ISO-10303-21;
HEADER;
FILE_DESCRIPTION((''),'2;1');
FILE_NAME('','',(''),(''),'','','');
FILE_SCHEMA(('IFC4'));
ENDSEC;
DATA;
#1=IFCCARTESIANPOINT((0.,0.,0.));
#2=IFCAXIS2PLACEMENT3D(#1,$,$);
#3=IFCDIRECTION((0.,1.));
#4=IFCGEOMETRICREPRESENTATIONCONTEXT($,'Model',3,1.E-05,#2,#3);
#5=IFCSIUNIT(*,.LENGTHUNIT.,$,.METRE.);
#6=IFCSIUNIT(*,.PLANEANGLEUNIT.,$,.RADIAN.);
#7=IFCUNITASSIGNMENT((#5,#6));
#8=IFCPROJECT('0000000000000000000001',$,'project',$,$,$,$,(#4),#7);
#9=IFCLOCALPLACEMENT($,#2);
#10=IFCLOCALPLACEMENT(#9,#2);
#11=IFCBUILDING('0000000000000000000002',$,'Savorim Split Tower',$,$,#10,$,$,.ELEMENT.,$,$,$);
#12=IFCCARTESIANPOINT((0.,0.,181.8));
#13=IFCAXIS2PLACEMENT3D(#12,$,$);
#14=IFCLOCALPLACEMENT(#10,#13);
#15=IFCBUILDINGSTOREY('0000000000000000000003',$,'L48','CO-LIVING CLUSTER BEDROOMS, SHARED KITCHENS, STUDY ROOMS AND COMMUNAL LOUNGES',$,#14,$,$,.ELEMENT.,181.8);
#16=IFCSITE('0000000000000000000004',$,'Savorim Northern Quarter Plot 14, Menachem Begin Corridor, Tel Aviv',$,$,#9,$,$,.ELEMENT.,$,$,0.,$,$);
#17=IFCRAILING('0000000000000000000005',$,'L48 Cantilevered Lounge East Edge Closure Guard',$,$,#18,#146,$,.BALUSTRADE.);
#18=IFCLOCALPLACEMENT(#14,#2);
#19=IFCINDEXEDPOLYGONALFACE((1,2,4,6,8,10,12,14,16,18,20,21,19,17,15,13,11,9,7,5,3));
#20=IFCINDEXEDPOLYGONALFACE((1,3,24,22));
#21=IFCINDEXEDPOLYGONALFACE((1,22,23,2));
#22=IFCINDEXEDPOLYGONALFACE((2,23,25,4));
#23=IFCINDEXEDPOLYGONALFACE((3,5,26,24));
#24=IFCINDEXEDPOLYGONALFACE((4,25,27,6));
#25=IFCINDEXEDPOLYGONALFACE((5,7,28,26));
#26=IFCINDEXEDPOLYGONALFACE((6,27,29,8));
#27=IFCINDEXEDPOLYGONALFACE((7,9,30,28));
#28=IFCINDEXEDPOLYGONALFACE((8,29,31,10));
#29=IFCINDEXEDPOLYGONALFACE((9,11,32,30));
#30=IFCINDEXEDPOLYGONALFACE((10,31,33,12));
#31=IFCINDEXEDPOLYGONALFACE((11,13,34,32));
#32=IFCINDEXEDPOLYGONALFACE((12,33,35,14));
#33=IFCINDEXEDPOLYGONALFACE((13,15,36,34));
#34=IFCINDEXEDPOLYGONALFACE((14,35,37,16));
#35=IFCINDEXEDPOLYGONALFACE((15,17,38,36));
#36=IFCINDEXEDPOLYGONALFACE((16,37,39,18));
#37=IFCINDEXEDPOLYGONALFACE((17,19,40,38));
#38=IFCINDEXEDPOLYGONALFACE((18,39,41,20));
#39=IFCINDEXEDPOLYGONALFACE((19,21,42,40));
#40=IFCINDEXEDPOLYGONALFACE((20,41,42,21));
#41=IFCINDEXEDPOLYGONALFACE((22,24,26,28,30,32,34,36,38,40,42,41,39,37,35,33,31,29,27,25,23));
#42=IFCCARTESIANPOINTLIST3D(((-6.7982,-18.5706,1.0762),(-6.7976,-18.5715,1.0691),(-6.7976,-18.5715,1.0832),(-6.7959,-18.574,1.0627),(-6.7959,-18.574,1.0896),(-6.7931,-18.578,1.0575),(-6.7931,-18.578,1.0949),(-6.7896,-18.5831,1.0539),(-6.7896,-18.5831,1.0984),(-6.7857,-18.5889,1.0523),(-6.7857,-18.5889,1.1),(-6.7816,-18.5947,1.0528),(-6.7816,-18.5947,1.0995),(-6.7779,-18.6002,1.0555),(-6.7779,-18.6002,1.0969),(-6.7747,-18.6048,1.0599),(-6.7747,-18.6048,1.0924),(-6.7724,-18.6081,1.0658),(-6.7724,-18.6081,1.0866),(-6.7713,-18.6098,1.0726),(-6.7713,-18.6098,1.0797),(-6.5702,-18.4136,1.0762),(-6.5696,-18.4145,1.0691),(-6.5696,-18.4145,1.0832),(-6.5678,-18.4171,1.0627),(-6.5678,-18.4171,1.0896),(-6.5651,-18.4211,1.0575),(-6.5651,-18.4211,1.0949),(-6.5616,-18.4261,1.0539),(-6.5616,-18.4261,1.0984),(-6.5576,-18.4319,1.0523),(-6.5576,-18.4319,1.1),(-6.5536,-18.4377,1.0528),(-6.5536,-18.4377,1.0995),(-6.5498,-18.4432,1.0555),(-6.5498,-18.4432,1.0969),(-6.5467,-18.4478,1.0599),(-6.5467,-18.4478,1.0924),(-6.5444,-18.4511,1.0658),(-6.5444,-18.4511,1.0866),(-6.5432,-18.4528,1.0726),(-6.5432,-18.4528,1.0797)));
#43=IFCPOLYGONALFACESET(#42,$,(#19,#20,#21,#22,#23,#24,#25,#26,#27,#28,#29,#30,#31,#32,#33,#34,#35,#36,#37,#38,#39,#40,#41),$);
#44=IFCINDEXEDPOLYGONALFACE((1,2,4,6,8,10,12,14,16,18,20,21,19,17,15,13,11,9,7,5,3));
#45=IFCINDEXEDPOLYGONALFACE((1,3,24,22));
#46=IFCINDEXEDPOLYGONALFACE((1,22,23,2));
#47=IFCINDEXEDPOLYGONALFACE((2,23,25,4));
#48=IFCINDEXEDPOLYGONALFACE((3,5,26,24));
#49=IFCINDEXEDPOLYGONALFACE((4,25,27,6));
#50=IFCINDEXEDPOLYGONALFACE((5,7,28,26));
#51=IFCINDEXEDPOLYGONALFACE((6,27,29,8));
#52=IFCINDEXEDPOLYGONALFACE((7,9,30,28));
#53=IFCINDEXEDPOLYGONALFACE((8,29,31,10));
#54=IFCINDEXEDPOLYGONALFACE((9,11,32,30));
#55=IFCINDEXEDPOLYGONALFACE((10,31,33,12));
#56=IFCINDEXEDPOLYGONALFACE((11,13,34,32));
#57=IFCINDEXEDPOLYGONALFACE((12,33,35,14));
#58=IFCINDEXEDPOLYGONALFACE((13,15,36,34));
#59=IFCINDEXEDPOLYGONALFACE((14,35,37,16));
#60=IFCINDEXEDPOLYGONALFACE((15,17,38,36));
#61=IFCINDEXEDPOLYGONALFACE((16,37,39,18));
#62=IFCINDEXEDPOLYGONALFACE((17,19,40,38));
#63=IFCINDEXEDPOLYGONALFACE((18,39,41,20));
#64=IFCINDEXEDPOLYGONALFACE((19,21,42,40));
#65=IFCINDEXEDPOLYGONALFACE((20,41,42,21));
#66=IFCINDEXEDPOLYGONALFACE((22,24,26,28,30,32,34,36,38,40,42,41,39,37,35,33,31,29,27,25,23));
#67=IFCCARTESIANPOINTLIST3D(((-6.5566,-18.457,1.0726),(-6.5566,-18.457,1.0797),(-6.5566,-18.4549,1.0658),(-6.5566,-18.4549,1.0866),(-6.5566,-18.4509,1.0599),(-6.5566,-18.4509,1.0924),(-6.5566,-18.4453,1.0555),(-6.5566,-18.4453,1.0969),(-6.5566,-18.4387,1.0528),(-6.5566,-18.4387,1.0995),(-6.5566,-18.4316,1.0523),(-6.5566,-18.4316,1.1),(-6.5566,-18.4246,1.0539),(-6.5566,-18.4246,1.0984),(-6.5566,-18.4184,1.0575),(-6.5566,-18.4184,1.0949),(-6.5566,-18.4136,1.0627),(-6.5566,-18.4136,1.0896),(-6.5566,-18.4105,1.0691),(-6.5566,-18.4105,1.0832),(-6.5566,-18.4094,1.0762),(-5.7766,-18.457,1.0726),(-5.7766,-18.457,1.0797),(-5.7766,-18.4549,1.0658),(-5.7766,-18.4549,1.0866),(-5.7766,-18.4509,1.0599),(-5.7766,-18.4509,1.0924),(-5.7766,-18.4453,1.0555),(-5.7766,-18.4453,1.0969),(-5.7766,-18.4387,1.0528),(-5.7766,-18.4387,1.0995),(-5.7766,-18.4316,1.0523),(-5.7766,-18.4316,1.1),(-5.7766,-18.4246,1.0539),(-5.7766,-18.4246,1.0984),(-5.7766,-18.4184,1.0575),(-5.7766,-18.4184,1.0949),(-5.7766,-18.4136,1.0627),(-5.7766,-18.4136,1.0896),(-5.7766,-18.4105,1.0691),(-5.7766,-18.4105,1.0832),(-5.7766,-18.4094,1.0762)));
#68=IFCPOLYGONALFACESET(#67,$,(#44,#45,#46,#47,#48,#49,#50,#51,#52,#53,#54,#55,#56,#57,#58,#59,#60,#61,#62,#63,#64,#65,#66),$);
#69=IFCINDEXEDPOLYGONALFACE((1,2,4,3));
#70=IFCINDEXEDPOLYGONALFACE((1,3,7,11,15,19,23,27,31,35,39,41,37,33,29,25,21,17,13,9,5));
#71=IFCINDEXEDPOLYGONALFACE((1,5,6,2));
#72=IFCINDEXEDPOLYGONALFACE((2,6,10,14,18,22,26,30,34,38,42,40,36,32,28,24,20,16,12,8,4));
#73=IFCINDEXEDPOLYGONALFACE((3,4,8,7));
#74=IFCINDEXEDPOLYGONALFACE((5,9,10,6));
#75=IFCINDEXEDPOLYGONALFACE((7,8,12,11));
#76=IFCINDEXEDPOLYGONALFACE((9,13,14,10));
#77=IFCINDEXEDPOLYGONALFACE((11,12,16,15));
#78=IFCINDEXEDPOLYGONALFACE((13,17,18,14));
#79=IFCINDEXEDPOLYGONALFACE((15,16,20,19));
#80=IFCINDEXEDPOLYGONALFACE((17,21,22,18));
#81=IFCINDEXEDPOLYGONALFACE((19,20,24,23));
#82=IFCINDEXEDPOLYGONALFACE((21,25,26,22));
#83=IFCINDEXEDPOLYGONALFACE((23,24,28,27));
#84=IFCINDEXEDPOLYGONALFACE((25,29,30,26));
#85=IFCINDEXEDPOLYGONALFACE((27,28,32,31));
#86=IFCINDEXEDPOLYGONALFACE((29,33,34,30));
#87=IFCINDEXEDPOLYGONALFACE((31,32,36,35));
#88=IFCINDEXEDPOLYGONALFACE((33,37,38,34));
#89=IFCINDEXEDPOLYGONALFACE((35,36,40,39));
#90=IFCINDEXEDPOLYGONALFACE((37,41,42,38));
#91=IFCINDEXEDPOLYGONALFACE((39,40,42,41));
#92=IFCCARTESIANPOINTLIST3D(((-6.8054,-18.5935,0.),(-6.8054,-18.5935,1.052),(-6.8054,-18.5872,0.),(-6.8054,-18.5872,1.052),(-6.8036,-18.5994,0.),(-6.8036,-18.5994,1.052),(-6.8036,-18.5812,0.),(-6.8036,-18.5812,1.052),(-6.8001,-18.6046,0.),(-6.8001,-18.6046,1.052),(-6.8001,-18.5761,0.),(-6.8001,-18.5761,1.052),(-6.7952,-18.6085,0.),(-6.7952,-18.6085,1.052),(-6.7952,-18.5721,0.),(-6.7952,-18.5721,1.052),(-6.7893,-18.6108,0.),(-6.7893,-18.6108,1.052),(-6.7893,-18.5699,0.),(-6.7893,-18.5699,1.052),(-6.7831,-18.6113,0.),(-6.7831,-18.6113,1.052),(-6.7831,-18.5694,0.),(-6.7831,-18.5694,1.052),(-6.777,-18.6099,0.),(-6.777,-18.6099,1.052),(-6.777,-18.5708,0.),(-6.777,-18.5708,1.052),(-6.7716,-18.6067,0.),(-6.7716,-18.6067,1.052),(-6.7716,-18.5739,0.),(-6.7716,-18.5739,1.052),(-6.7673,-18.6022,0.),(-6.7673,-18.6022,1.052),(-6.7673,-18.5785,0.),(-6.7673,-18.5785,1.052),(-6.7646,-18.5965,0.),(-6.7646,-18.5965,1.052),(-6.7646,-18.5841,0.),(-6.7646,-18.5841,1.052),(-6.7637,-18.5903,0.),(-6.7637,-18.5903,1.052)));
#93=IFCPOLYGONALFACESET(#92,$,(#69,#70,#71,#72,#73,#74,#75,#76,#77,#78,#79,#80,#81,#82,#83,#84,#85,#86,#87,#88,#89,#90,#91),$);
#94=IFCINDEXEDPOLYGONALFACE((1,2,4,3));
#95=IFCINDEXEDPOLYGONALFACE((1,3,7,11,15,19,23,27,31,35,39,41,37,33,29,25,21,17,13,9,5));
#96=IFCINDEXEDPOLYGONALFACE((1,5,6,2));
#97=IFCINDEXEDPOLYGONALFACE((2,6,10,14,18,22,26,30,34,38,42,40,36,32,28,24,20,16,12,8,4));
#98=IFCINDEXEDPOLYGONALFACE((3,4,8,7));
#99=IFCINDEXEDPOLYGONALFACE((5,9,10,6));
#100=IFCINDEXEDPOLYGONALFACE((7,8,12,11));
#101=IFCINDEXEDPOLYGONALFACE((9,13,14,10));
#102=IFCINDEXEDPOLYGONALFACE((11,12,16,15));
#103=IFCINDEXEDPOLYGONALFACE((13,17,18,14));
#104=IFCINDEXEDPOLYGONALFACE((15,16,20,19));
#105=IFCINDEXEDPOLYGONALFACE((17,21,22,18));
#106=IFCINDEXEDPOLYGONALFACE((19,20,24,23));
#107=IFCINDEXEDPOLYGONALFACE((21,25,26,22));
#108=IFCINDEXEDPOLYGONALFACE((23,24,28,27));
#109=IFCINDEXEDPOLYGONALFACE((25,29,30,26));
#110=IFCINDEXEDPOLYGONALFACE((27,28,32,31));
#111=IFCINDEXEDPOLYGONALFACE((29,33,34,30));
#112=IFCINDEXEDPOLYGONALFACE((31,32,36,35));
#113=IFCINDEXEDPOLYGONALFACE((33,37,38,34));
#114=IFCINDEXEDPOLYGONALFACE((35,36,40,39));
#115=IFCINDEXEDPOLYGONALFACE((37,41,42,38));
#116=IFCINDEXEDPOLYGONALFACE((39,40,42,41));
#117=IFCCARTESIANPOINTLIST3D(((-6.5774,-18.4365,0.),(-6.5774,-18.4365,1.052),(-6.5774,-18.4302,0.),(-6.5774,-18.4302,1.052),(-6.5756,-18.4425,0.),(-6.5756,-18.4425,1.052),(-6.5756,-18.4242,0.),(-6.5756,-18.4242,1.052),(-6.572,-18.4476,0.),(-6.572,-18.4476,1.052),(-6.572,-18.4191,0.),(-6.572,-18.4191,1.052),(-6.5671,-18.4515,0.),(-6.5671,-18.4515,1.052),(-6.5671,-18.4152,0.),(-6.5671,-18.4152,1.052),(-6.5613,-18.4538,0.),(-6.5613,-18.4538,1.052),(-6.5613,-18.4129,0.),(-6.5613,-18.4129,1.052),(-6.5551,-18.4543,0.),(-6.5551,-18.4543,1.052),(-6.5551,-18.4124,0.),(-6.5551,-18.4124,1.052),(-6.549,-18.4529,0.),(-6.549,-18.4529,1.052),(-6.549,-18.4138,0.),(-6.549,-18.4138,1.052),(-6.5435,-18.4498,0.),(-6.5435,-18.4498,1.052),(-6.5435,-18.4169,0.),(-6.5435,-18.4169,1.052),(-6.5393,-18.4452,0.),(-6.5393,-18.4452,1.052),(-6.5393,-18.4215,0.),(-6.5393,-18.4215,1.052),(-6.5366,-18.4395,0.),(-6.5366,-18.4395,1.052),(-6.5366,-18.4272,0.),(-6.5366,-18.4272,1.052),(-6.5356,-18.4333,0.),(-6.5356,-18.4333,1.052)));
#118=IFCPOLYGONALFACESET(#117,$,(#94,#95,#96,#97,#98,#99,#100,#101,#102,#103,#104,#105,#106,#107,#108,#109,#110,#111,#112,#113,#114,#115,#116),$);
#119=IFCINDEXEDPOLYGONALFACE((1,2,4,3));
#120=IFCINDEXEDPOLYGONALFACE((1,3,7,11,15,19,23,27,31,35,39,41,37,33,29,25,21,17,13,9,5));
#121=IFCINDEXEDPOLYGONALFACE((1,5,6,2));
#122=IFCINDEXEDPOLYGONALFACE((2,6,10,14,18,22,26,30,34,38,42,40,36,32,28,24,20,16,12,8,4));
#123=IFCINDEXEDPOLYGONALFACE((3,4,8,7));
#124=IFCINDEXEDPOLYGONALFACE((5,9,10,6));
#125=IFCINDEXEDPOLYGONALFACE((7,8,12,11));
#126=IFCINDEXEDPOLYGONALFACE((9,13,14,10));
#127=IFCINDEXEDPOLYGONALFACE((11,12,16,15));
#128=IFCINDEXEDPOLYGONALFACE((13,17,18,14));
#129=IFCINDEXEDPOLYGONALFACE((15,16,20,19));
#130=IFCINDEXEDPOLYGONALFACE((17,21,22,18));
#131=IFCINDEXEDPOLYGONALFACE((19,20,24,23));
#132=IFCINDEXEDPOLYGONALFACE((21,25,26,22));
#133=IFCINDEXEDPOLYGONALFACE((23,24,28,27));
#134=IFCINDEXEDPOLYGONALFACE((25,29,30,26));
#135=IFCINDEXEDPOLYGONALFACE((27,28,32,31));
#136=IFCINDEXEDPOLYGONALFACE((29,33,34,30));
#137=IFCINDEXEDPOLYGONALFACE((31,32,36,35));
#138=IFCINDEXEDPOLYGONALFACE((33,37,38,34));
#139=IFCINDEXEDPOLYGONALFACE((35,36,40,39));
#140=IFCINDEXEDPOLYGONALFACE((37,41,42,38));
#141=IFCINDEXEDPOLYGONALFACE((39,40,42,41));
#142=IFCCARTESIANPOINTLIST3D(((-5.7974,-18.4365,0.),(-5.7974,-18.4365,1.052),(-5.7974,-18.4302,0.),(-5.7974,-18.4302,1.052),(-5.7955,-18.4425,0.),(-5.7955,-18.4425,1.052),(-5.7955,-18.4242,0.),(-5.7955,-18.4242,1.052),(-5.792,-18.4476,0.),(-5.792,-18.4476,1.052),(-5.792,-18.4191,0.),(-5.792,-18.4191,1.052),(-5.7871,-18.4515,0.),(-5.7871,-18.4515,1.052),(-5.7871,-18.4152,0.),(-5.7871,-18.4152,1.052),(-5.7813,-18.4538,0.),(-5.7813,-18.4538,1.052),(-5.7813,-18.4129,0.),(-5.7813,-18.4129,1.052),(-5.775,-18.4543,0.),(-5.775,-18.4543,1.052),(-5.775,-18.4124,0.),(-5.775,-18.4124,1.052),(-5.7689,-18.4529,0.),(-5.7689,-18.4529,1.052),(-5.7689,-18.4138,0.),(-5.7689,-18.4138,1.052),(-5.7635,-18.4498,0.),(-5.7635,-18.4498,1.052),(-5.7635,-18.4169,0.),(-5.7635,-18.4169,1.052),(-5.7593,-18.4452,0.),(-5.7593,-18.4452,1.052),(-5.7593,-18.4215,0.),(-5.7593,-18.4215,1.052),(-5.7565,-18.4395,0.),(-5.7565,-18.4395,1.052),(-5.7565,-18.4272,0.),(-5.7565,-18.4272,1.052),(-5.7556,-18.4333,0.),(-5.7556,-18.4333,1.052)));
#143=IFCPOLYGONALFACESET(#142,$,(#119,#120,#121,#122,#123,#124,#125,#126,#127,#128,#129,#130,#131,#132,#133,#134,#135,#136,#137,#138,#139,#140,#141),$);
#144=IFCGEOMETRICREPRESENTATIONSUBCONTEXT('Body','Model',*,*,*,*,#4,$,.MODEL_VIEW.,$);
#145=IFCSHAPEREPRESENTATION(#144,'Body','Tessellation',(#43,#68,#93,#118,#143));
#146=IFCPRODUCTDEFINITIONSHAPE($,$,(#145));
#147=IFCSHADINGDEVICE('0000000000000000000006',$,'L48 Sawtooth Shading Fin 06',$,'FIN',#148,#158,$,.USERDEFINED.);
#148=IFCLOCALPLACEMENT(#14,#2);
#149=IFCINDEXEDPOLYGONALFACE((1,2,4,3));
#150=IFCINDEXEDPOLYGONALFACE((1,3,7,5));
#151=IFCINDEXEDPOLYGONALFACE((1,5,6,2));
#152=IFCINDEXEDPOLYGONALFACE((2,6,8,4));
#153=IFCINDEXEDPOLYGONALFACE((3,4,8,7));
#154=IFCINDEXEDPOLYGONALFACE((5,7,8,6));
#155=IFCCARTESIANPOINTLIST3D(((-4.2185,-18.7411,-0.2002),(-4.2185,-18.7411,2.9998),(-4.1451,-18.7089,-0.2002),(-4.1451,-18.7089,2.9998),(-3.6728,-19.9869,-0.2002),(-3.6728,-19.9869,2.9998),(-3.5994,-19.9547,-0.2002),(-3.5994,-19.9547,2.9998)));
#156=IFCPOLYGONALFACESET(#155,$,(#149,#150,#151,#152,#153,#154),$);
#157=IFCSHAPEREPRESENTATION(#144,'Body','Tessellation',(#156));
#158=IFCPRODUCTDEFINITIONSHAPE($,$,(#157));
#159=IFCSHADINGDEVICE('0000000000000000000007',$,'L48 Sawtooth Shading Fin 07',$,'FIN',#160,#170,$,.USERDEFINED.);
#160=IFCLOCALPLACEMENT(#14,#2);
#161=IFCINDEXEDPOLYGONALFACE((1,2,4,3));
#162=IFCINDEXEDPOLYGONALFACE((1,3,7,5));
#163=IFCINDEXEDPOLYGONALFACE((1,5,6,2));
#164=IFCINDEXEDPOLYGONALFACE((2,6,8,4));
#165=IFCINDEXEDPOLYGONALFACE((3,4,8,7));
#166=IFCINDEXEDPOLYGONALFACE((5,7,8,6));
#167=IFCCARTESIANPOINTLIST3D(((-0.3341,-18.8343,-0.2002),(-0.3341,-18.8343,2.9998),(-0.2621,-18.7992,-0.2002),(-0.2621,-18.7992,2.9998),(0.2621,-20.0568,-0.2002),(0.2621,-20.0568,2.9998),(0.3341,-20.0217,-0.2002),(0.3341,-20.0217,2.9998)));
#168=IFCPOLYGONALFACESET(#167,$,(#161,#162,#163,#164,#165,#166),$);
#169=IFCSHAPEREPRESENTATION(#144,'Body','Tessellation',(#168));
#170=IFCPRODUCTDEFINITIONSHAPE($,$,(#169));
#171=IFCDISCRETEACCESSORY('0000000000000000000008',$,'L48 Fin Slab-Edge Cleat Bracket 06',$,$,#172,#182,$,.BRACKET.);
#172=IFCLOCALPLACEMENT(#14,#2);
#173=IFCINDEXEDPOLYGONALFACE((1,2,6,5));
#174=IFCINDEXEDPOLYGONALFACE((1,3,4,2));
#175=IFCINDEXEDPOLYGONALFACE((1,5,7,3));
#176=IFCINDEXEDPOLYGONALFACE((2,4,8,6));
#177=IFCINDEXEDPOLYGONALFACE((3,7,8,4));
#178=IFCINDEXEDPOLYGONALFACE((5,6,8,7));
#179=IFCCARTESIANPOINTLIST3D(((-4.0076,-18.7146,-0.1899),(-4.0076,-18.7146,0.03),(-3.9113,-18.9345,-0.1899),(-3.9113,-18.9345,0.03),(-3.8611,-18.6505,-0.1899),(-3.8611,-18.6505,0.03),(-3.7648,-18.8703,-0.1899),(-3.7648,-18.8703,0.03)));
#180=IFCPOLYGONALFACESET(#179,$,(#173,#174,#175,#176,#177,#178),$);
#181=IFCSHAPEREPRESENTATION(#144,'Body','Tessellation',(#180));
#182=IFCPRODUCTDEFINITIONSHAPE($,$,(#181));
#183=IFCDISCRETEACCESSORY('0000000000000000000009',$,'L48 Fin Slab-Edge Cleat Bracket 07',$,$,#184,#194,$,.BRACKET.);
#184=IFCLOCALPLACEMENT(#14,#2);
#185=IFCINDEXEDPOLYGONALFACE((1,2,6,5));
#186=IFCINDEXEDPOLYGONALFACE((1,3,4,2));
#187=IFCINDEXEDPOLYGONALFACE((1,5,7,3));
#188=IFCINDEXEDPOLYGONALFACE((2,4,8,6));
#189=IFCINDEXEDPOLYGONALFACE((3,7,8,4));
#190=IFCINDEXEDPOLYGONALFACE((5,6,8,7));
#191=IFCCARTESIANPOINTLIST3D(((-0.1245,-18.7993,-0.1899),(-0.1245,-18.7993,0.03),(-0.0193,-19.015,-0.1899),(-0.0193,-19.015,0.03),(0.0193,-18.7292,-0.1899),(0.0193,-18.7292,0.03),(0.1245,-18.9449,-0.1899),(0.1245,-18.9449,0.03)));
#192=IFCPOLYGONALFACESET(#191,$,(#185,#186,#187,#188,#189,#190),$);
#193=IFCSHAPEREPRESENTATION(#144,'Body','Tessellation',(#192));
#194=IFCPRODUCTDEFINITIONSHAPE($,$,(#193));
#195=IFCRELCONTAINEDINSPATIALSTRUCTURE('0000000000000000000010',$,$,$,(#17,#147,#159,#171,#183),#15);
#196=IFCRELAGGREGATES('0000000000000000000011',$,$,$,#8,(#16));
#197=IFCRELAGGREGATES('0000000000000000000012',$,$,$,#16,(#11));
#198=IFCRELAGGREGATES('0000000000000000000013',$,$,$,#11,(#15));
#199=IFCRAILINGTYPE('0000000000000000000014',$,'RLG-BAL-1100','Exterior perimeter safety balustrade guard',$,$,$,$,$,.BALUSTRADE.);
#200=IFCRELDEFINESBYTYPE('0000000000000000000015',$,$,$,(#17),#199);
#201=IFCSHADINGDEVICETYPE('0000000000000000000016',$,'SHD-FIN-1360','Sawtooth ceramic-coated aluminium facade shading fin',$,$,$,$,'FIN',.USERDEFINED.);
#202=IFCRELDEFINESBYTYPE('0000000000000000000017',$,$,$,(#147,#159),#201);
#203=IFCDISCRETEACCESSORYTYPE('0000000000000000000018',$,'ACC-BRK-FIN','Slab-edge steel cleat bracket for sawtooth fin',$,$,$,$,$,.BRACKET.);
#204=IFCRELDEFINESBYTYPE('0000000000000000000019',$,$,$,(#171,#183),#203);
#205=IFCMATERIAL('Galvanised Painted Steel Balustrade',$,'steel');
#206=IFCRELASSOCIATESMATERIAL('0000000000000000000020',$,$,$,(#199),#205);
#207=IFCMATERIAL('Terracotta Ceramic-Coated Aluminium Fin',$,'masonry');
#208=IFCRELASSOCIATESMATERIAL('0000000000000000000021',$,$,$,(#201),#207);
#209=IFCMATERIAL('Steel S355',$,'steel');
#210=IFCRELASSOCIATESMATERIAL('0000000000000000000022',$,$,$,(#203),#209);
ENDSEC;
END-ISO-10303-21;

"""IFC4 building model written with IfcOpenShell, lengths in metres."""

from ifc_helpers import new_model, si_unit, direction, frame, origin, origin_2d, place, context, subcontext, project, spatial, rectangle, circle, extrude, material, type_object, element, save


model = new_model("IFC4")

# Units and contexts
model_context = context("Model", 3, precision=1e-05, world=origin(), true_north=direction((0.0, 1.0)))
body_context = subcontext(model_context, "Body", "Model", "MODEL_VIEW")
ifc_project = project(units=[si_unit("LENGTHUNIT", "METRE"), si_unit("PLANEANGLEUNIT", "RADIAN")], contexts=[model_context])

# Site, building, storey
site_placement = place(None, origin())
site = spatial("IfcSite", under=ifc_project, at=site_placement, Name="Savorim Northern Quarter Plot 14, Menachem Begin Corridor, Tel Aviv", CompositionType="ELEMENT", RefElevation=0.0)
building_placement = place(site_placement, origin())
building = spatial("IfcBuilding", under=site, at=building_placement, Name="Savorim Split Tower", CompositionType="ELEMENT")
storey_placement = place(building_placement, frame((0.0, 0.0, 181.8)))
storey = spatial("IfcBuildingStorey", under=building, at=storey_placement, Name="L48", Description="CO-LIVING CLUSTER BEDROOMS, SHARED KITCHENS, STUDY ROOMS AND COMMUNAL LOUNGES", CompositionType="ELEMENT", Elevation=181.8)

# Shared definitions
ifc_material_1 = material(Name="Steel S355", Category="steel")

# Railing
ifc_material_2 = material(Name="Galvanised Painted Steel Balustrade", Category="steel")
railing_type = type_object("IfcRailingType", Name="RLG-BAL-1100", Description="Exterior perimeter safety balustrade guard", PredefinedType="BALUSTRADE", material=ifc_material_2)
railing_placement = place(storey_placement, frame((-6.7847, -18.5903, 0.0)))
element("IfcRailing", 1, at=railing_placement, inside=storey, type_object=railing_type, Name="L48 Cantilevered Lounge East Edge Closure Guard", PredefinedType="BALUSTRADE", context=body_context, shape_type="SweptSolid", body=[
    extrude(circle(Radius=0.0239, at=origin_2d()), frame((0.0, 0.0, 1.0762), z_axis=(0.823682, 0.567053, 0.0), x_axis=(-0.567053, 0.823682, 0.0)), (0.0, 0.0, 1.0), 0.2769),
    extrude(circle(Radius=0.0239, at=origin_2d()), frame((0.228, 0.157, 1.0762), z_axis=(1.0, 0.0, 0.0), x_axis=(0.0, 1.0, 0.0)), (0.0, 0.0, 1.0), 0.78),
    extrude(circle(Radius=0.021, at=origin_2d()), origin(), (0.0, 0.0, 1.0), 1.052),
    extrude(circle(Radius=0.021, at=origin_2d()), frame((0.228, 0.157, 0.0)), (0.0, 0.0, 1.0), 1.052),
    extrude(circle(Radius=0.021, at=origin_2d()), frame((1.0081, 0.157, 0.0)), (0.0, 0.0, 1.0), 1.052),
])

# Shading devices
ifc_material_3 = material(Name="Terracotta Ceramic-Coated Aluminium Fin", Category="masonry")
shading_device_type = type_object("IfcShadingDeviceType", Name="SHD-FIN-1360", Description="Sawtooth ceramic-coated aluminium facade shading fin", ElementType="FIN", PredefinedType="USERDEFINED", material=ifc_material_3)
for number, where, z_axis, x_axis, name in (
    (2, (-3.9089, -19.3479, -0.2002), (0.0, 0.0, 1.0), (0.40123, -0.915977, 0.0), "L48 Sawtooth Shading Fin 06"),
    (3, (0.0, -19.428, -0.2002), (0.0, 0.0, 1.0), (0.438371, -0.898794, 0.0), "L48 Sawtooth Shading Fin 07"),
):
    element("IfcShadingDevice", number, at=place(storey_placement, frame(where, z_axis=z_axis, x_axis=x_axis)), inside=storey, type_object=shading_device_type, Name=name, ObjectType="FIN", PredefinedType="USERDEFINED", context=body_context, shape_type="SweptSolid", body=[
        extrude(rectangle(XDim=1.3601, YDim=0.0801, at=origin_2d()), origin(), (0.0, 0.0, 1.0), 3.2),
    ])

# Discrete accessories
discrete_accessory_type = type_object("IfcDiscreteAccessoryType", Name="ACC-BRK-FIN", Description="Slab-edge steel cleat bracket for sawtooth fin", PredefinedType="BRACKET", material=ifc_material_1)
for number, where, z_axis, x_axis, name in (
    (4, (-3.8862, -18.7925, -0.1899), (0.0, 0.0, 1.0), (0.40123, -0.915977, 0.0), "L48 Fin Slab-Edge Cleat Bracket 06"),
    (5, (0.0, -18.8721, -0.1899), (0.0, 0.0, 1.0), (0.438371, -0.898794, 0.0), "L48 Fin Slab-Edge Cleat Bracket 07"),
):
    element("IfcDiscreteAccessory", number, at=place(storey_placement, frame(where, z_axis=z_axis, x_axis=x_axis)), inside=storey, type_object=discrete_accessory_type, Name=name, PredefinedType="BRACKET", context=body_context, shape_type="SweptSolid", body=[
        extrude(rectangle(XDim=0.24, YDim=0.1599, at=origin_2d()), origin(), (0.0, 0.0, 1.0), 0.22),
    ])

save(model, "model.ifc")
